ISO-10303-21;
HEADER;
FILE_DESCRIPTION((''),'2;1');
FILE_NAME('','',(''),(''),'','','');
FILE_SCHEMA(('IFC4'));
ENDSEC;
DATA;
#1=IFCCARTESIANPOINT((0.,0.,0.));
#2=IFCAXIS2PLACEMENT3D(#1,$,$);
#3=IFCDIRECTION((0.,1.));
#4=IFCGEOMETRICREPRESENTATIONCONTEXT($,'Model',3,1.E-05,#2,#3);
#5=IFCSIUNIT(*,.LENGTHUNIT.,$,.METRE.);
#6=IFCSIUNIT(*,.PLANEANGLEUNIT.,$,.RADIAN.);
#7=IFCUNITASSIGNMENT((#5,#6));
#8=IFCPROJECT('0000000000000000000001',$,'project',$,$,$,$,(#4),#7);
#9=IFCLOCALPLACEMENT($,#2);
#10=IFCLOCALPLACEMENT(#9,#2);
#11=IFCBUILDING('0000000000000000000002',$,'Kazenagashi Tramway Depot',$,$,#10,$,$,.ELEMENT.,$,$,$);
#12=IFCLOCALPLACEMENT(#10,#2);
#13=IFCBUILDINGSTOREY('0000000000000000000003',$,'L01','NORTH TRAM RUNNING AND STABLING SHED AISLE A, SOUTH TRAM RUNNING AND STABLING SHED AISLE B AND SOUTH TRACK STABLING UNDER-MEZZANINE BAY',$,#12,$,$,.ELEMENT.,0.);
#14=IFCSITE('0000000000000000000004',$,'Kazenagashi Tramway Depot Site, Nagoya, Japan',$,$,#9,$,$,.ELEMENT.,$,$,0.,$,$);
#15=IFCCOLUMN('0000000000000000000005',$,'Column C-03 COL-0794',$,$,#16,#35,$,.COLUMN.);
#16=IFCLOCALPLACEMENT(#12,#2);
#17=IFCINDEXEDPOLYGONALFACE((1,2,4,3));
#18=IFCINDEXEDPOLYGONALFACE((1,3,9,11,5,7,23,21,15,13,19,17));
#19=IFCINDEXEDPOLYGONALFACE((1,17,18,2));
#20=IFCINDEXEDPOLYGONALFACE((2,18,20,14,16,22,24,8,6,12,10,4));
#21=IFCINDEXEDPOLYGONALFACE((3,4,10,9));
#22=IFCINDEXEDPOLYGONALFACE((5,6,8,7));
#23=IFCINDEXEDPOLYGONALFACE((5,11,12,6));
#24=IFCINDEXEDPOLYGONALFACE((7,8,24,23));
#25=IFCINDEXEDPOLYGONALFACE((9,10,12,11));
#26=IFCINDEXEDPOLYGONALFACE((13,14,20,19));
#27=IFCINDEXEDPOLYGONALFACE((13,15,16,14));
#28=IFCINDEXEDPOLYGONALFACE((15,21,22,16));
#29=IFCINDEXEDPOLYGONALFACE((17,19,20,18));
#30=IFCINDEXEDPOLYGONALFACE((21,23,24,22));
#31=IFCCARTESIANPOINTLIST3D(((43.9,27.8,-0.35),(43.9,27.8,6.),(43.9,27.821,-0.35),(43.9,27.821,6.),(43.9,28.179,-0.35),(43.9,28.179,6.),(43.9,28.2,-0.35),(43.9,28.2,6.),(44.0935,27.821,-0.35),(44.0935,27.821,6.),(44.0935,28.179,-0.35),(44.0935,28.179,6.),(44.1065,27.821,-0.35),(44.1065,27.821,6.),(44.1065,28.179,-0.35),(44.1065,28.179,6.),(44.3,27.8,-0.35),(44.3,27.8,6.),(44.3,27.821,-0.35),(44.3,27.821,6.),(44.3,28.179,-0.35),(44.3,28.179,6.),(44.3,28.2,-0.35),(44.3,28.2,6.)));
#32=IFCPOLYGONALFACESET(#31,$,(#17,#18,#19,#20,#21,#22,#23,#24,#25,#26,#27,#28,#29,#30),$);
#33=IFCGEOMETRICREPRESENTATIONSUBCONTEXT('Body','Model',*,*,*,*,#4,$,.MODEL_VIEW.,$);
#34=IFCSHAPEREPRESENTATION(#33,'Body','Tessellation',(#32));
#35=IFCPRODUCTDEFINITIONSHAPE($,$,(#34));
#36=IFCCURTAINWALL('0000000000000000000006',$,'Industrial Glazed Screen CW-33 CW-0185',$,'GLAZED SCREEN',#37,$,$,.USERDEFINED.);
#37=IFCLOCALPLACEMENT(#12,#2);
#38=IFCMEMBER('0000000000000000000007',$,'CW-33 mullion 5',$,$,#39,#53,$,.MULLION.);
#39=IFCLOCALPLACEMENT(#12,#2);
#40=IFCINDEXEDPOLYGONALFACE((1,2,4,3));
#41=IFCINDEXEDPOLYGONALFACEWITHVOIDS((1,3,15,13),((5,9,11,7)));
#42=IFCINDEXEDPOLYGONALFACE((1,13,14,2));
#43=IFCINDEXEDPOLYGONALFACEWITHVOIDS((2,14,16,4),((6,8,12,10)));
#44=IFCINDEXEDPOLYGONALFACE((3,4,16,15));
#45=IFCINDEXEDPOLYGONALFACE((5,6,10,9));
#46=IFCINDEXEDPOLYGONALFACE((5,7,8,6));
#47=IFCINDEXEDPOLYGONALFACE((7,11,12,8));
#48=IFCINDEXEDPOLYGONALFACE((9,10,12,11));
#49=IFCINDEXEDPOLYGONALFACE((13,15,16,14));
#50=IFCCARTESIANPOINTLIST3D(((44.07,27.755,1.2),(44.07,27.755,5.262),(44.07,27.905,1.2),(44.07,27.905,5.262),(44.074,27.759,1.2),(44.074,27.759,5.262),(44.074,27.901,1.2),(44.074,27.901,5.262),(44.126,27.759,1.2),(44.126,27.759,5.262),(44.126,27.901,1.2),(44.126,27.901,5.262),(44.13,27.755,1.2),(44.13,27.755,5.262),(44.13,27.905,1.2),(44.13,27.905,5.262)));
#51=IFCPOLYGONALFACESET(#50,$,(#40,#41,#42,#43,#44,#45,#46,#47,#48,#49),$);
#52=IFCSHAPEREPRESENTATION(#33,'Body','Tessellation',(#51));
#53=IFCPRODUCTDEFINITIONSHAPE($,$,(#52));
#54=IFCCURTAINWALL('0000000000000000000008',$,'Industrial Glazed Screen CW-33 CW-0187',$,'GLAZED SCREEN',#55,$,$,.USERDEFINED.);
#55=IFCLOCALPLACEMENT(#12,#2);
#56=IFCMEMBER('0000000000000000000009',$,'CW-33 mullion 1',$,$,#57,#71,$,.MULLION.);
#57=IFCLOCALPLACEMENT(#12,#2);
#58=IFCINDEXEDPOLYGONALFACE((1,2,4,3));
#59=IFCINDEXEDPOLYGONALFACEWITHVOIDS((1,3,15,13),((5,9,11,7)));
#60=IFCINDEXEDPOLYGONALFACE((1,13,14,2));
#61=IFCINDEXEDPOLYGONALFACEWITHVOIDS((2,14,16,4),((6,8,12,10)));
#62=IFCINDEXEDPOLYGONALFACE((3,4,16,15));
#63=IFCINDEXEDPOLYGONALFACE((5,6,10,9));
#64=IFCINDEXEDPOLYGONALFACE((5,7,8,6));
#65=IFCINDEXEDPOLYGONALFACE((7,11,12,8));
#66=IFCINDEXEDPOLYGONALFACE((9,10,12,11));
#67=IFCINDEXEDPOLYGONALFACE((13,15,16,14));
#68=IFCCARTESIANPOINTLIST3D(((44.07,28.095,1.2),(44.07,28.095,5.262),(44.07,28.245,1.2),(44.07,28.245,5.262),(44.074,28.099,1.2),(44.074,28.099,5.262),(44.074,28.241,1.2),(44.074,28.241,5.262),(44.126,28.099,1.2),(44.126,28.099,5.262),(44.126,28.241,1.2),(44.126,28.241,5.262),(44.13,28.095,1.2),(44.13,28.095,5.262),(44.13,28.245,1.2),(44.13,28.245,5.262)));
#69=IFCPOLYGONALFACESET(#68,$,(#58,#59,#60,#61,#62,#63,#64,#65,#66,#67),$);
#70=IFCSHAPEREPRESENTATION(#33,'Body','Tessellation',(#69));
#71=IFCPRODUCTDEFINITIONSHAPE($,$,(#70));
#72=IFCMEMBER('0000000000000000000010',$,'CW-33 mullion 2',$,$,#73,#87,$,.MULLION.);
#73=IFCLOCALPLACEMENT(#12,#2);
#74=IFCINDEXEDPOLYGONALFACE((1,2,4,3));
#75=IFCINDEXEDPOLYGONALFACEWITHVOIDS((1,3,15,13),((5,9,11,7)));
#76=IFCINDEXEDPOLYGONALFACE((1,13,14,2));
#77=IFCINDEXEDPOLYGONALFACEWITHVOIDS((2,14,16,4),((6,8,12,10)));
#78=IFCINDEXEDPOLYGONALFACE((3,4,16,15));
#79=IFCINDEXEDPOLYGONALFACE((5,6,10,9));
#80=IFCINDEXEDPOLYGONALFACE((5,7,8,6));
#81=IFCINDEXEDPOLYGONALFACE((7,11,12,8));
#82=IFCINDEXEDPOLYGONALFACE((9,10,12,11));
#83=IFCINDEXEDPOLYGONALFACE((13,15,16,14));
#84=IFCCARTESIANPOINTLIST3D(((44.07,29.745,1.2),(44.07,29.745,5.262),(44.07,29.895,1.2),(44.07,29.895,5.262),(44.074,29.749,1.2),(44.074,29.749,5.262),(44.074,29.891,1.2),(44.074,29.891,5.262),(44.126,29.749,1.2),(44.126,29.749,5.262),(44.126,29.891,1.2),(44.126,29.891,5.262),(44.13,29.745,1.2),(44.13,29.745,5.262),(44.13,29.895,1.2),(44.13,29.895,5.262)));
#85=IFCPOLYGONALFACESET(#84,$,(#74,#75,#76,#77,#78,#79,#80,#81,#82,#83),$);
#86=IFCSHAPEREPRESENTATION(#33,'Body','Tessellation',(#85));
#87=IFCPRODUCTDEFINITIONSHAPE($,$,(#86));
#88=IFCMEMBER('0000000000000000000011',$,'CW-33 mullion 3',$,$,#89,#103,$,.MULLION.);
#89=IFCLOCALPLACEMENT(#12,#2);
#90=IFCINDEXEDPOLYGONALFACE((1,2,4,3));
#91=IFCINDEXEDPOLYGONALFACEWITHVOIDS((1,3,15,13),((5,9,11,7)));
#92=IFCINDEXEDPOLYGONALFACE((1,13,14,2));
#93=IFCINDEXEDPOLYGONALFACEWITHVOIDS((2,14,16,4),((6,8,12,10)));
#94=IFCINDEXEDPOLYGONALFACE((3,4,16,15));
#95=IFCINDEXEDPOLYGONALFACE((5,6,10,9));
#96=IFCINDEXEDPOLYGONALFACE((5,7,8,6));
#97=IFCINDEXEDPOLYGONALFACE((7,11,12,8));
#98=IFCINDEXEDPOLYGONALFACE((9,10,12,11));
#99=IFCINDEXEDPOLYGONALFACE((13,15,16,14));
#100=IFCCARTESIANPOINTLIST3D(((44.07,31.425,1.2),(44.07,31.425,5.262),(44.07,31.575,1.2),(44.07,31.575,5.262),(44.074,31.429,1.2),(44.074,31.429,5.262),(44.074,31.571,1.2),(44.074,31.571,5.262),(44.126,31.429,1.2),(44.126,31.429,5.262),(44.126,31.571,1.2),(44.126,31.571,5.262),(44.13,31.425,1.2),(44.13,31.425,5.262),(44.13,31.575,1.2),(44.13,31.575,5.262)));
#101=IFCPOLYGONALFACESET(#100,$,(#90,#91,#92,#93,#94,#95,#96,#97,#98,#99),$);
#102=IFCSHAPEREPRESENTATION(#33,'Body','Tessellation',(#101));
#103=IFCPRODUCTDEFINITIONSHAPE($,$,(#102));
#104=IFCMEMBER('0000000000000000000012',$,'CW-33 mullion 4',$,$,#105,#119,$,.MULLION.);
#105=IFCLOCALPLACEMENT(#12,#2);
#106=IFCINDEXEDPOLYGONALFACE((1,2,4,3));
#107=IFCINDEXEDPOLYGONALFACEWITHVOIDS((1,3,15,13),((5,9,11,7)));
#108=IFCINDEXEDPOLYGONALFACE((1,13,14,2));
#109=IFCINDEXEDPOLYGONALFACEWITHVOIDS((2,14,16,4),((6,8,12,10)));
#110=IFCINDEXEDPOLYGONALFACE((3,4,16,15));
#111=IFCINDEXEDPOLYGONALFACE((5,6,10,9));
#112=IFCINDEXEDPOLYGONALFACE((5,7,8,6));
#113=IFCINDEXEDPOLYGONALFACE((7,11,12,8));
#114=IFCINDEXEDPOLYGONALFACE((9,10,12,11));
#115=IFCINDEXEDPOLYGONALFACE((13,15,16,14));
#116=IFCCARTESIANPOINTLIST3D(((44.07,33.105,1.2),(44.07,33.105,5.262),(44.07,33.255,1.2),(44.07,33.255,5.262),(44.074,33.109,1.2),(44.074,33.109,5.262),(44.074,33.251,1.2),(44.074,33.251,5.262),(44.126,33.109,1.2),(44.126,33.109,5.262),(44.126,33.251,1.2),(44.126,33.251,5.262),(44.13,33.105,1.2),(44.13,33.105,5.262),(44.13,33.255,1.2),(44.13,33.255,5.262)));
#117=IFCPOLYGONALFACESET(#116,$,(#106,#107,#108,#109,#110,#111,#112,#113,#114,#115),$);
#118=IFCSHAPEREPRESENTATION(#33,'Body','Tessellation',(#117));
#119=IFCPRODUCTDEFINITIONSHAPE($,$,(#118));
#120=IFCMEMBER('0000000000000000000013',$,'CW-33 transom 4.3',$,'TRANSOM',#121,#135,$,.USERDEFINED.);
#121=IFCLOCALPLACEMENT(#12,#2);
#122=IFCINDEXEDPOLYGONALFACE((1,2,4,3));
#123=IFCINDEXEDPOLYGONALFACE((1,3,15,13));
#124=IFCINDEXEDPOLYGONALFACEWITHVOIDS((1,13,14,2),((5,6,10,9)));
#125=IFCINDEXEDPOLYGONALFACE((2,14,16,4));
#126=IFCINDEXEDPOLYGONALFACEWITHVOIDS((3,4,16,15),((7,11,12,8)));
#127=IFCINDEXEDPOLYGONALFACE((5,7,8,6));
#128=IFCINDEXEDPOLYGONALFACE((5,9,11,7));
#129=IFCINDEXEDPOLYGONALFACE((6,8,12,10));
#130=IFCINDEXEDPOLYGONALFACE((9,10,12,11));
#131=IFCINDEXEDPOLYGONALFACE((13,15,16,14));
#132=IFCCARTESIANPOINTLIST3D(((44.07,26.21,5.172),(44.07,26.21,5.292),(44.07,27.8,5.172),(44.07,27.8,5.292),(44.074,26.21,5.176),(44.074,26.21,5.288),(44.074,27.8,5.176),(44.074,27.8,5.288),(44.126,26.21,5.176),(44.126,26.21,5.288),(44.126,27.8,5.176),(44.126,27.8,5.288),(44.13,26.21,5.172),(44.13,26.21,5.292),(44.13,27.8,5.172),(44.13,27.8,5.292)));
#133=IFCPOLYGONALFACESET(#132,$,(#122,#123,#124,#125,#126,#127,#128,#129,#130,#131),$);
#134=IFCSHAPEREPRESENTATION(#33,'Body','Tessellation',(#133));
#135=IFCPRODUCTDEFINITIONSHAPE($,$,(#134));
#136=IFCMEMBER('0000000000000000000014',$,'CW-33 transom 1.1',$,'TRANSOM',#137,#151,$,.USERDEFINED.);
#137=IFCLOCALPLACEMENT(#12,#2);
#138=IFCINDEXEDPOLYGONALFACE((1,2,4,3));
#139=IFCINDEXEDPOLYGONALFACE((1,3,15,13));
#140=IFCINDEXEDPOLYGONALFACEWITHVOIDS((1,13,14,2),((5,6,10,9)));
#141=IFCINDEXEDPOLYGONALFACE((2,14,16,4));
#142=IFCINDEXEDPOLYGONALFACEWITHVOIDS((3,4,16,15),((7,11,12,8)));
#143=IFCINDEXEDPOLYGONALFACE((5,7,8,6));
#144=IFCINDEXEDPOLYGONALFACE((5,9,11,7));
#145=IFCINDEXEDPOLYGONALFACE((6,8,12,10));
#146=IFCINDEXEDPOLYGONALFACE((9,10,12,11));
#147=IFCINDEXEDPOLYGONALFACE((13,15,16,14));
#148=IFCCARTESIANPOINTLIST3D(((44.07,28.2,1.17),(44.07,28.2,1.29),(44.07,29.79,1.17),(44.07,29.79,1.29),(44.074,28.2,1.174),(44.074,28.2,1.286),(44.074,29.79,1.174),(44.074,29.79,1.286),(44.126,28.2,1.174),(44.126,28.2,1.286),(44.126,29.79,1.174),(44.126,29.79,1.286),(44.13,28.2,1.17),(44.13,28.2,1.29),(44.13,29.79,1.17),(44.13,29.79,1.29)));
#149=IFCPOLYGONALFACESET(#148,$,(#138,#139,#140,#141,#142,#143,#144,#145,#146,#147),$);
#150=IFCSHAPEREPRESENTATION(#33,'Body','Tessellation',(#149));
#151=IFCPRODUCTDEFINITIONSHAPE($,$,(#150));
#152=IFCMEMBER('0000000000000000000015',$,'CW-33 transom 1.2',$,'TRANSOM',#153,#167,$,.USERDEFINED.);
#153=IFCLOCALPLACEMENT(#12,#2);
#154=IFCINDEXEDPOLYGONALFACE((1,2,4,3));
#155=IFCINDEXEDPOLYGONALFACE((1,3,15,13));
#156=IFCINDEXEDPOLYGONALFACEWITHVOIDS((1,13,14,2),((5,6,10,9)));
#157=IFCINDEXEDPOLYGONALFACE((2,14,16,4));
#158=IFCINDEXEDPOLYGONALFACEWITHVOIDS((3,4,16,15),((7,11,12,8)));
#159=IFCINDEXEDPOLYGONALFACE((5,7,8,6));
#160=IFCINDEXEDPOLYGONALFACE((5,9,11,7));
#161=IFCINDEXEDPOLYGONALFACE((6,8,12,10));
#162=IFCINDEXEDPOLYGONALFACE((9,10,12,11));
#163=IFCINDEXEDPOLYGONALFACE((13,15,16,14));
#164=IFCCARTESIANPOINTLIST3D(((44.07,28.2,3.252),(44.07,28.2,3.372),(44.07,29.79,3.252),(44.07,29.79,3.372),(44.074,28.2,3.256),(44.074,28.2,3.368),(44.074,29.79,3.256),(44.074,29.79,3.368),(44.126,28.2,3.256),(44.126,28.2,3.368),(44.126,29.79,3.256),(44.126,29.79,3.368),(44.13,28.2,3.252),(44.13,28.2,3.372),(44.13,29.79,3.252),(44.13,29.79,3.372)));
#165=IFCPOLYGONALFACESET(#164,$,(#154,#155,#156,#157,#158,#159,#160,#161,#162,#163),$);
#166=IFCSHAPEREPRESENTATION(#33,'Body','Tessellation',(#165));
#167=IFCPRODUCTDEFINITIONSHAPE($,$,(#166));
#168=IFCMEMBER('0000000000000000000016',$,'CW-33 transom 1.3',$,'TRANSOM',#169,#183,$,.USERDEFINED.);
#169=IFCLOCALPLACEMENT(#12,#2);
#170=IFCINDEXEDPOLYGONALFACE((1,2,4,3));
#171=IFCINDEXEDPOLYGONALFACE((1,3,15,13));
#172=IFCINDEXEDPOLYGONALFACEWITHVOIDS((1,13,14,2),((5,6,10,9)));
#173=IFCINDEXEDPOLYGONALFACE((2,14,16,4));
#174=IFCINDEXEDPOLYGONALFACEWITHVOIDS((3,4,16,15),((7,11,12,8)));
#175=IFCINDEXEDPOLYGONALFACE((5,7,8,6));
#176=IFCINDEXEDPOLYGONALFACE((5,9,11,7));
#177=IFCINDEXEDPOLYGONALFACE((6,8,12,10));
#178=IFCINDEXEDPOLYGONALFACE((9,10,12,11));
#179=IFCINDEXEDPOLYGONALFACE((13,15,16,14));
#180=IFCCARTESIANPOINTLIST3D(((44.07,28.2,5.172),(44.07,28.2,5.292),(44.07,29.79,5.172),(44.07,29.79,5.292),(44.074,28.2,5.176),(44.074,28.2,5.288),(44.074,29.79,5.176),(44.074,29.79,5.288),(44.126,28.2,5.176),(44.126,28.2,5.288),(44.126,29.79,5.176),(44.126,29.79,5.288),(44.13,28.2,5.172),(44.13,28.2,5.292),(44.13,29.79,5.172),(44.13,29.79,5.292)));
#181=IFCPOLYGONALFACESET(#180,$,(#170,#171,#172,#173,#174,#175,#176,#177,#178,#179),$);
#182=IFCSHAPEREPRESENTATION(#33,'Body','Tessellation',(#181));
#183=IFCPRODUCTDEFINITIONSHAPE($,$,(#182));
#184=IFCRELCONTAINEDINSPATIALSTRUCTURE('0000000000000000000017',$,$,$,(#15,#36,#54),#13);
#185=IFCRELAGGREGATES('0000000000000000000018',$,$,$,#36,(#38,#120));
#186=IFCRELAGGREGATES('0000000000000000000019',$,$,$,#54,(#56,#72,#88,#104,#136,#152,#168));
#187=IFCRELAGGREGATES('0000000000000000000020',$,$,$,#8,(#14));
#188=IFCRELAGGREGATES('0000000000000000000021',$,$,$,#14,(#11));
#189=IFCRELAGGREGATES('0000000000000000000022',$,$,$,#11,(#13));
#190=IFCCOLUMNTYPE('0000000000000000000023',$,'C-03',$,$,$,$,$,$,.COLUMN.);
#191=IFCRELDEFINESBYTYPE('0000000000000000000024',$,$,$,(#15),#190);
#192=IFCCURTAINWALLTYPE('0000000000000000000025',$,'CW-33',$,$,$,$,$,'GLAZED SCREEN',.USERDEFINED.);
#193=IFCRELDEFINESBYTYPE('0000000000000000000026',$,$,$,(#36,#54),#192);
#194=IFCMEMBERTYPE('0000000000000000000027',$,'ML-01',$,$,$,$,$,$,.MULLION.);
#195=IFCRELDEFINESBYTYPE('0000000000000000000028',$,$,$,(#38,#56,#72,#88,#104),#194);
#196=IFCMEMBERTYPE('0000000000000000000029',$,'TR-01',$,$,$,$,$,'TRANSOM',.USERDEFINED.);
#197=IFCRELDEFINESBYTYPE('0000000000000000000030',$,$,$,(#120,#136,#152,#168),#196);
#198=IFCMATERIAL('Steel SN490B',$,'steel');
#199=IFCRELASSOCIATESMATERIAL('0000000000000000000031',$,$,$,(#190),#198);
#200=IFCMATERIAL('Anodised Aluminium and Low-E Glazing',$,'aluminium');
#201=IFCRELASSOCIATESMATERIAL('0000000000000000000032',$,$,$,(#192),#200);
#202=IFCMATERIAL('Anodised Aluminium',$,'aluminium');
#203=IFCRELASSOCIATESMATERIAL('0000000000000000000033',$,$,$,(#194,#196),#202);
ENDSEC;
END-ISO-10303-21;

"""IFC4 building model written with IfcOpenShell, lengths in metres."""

from ifc_helpers import new_model, si_unit, direction, frame, origin, origin_2d, place, context, subcontext, project, spatial, hollow_rectangle, i_section, extrude, material, material_profile, profile_set, type_object, element, aggregate, save


model = new_model("IFC4")

# Units and contexts
model_context = context("Model", 3, precision=1e-05, world=origin(), true_north=direction((0.0, 1.0)))
body_context = subcontext(model_context, "Body", "Model", "MODEL_VIEW")
ifc_project = project(units=[si_unit("LENGTHUNIT", "METRE"), si_unit("PLANEANGLEUNIT", "RADIAN")], contexts=[model_context])

# Site, building, storey
site_placement = place(None, origin())
site = spatial("IfcSite", under=ifc_project, at=site_placement, Name="Kazenagashi Tramway Depot Site, Nagoya, Japan", CompositionType="ELEMENT", RefElevation=0.0)
building_placement = place(site_placement, origin())
building = spatial("IfcBuilding", under=site, at=building_placement, Name="Kazenagashi Tramway Depot", CompositionType="ELEMENT")
storey_placement = place(building_placement, origin())
storey = spatial("IfcBuildingStorey", under=building, at=storey_placement, Name="L01", Description="NORTH TRAM RUNNING AND STABLING SHED AISLE A, SOUTH TRAM RUNNING AND STABLING SHED AISLE B AND SOUTH TRACK STABLING UNDER-MEZZANINE BAY", CompositionType="ELEMENT", Elevation=0.0)

# Column
ifc_material_1 = material(Name="Steel SN490B", Category="steel")
ifc_material_profile_1 = material_profile(ifc_material_1, i_section(OverallWidth=0.4, OverallDepth=0.4, WebThickness=0.013, FlangeThickness=0.021, at=origin_2d()), Name="H-400x400x13x21")
ifc_profile_set_1 = profile_set([ifc_material_profile_1], Name="Steel SN490B")
column_type = type_object("IfcColumnType", Name="C-03", PredefinedType="COLUMN", material=ifc_profile_set_1)
column_placement = place(storey_placement, frame((44.1, 28.0, -0.35), z_axis=(0.0, 0.0, 1.0), x_axis=(1.0, 0.0, 0.0)))
element("IfcColumn", 1, at=column_placement, inside=storey, type_object=column_type, Name="Column C-03 COL-0794", PredefinedType="COLUMN", context=body_context, shape_type="SweptSolid", body=[
    extrude(i_section(OverallWidth=0.4, OverallDepth=0.4, WebThickness=0.013, FlangeThickness=0.021, at=origin_2d()), origin(), (0.0, 0.0, 1.0), 6.35),
])

# Curtain wall, member
ifc_material_2 = material(Name="Anodised Aluminium and Low-E Glazing", Category="aluminium")
curtain_wall_type = type_object("IfcCurtainWallType", Name="CW-33", ElementType="GLAZED SCREEN", PredefinedType="USERDEFINED", material=ifc_material_2)
curtain_wall_1_placement = place(storey_placement, origin())
curtain_wall_1 = element("IfcCurtainWall", 2, at=curtain_wall_1_placement, inside=storey, type_object=curtain_wall_type, Name="Industrial Glazed Screen CW-33 CW-0185", ObjectType="GLAZED SCREEN", PredefinedType="USERDEFINED")
ifc_material_3 = material(Name="Anodised Aluminium", Category="aluminium")
ifc_material_profile_2 = material_profile(ifc_material_3, hollow_rectangle(XDim=0.06, YDim=0.15, WallThickness=0.004, at=origin_2d()), Name="RHS-150x60x4")
ifc_profile_set_2 = profile_set([ifc_material_profile_2], Name="Anodised Aluminium")
member_type_1 = type_object("IfcMemberType", Name="ML-01", PredefinedType="MULLION", material=ifc_profile_set_2)
member_1_placement = place(storey_placement, frame((44.1, 27.83, 1.2), z_axis=(0.0, 0.0, 1.0), x_axis=(-1.0, 0.0, 0.0)))
member_1 = element("IfcMember", 3, at=member_1_placement, type_object=member_type_1, Name="CW-33 mullion 5", PredefinedType="MULLION", context=body_context, shape_type="SweptSolid", body=[
    extrude(hollow_rectangle(XDim=0.06, YDim=0.15, WallThickness=0.004, at=origin_2d()), origin(), (0.0, 0.0, 1.0), 4.062),
])

# Curtain wall, members
curtain_wall_2_placement = place(storey_placement, origin())
curtain_wall_2 = element("IfcCurtainWall", 4, at=curtain_wall_2_placement, inside=storey, type_object=curtain_wall_type, Name="Industrial Glazed Screen CW-33 CW-0187", ObjectType="GLAZED SCREEN", PredefinedType="USERDEFINED")
member_2_placement = place(storey_placement, frame((44.1, 28.17, 1.2), z_axis=(0.0, 0.0, 1.0), x_axis=(-1.0, 0.0, 0.0)))
member_2 = element("IfcMember", 5, at=member_2_placement, type_object=member_type_1, Name="CW-33 mullion 1", PredefinedType="MULLION", context=body_context, shape_type="SweptSolid", body=[
    extrude(hollow_rectangle(XDim=0.06, YDim=0.15, WallThickness=0.004, at=origin_2d()), origin(), (0.0, 0.0, 1.0), 4.062),
])
member_3_placement = place(storey_placement, frame((44.1, 29.82, 1.2), z_axis=(0.0, 0.0, 1.0), x_axis=(-1.0, 0.0, 0.0)))
member_3 = element("IfcMember", 6, at=member_3_placement, type_object=member_type_1, Name="CW-33 mullion 2", PredefinedType="MULLION", context=body_context, shape_type="SweptSolid", body=[
    extrude(hollow_rectangle(XDim=0.06, YDim=0.15, WallThickness=0.004, at=origin_2d()), origin(), (0.0, 0.0, 1.0), 4.062),
])
member_4_placement = place(storey_placement, frame((44.1, 31.5, 1.2), z_axis=(0.0, 0.0, 1.0), x_axis=(-1.0, 0.0, 0.0)))
member_4 = element("IfcMember", 7, at=member_4_placement, type_object=member_type_1, Name="CW-33 mullion 3", PredefinedType="MULLION", context=body_context, shape_type="SweptSolid", body=[
    extrude(hollow_rectangle(XDim=0.06, YDim=0.15, WallThickness=0.004, at=origin_2d()), origin(), (0.0, 0.0, 1.0), 4.062),
])
member_5_placement = place(storey_placement, frame((44.1, 33.18, 1.2), z_axis=(0.0, 0.0, 1.0), x_axis=(-1.0, 0.0, 0.0)))
member_5 = element("IfcMember", 8, at=member_5_placement, type_object=member_type_1, Name="CW-33 mullion 4", PredefinedType="MULLION", context=body_context, shape_type="SweptSolid", body=[
    extrude(hollow_rectangle(XDim=0.06, YDim=0.15, WallThickness=0.004, at=origin_2d()), origin(), (0.0, 0.0, 1.0), 4.062),
])

# Members
ifc_material_profile_3 = material_profile(ifc_material_3, hollow_rectangle(XDim=0.06, YDim=0.12, WallThickness=0.004, at=origin_2d()), Name="RHS-120x60x4")
ifc_profile_set_3 = profile_set([ifc_material_profile_3], Name="Anodised Aluminium")
member_type_2 = type_object("IfcMemberType", Name="TR-01", ElementType="TRANSOM", PredefinedType="USERDEFINED", material=ifc_profile_set_3)
member_6_placement = place(storey_placement, frame((44.1, 26.21, 5.232), z_axis=(0.0, 1.0, 0.0), x_axis=(-1.0, 0.0, 0.0)))
member_6 = element("IfcMember", 9, at=member_6_placement, type_object=member_type_2, Name="CW-33 transom 4.3", ObjectType="TRANSOM", PredefinedType="USERDEFINED", context=body_context, shape_type="SweptSolid", body=[
    extrude(hollow_rectangle(XDim=0.06, YDim=0.12, WallThickness=0.004, at=origin_2d()), origin(), (0.0, 0.0, 1.0), 1.59),
])
member_7_placement = place(storey_placement, frame((44.1, 28.2, 1.23), z_axis=(0.0, 1.0, 0.0), x_axis=(-1.0, 0.0, 0.0)))
member_7 = element("IfcMember", 10, at=member_7_placement, type_object=member_type_2, Name="CW-33 transom 1.1", ObjectType="TRANSOM", PredefinedType="USERDEFINED", context=body_context, shape_type="SweptSolid", body=[
    extrude(hollow_rectangle(XDim=0.06, YDim=0.12, WallThickness=0.004, at=origin_2d()), origin(), (0.0, 0.0, 1.0), 1.59),
])
member_8_placement = place(storey_placement, frame((44.1, 28.2, 3.312), z_axis=(0.0, 1.0, 0.0), x_axis=(-1.0, 0.0, 0.0)))
member_8 = element("IfcMember", 11, at=member_8_placement, type_object=member_type_2, Name="CW-33 transom 1.2", ObjectType="TRANSOM", PredefinedType="USERDEFINED", context=body_context, shape_type="SweptSolid", body=[
    extrude(hollow_rectangle(XDim=0.06, YDim=0.12, WallThickness=0.004, at=origin_2d()), origin(), (0.0, 0.0, 1.0), 1.59),
])
member_9_placement = place(storey_placement, frame((44.1, 28.2, 5.232), z_axis=(0.0, 1.0, 0.0), x_axis=(-1.0, 0.0, 0.0)))
member_9 = element("IfcMember", 12, at=member_9_placement, type_object=member_type_2, Name="CW-33 transom 1.3", ObjectType="TRANSOM", PredefinedType="USERDEFINED", context=body_context, shape_type="SweptSolid", body=[
    extrude(hollow_rectangle(XDim=0.06, YDim=0.12, WallThickness=0.004, at=origin_2d()), origin(), (0.0, 0.0, 1.0), 1.59),
])

aggregate(curtain_wall_1, [member_1, member_6])
aggregate(curtain_wall_2, [member_2, member_3, member_4, member_5, member_7, member_8, member_9])

save(model, "model.ifc")
